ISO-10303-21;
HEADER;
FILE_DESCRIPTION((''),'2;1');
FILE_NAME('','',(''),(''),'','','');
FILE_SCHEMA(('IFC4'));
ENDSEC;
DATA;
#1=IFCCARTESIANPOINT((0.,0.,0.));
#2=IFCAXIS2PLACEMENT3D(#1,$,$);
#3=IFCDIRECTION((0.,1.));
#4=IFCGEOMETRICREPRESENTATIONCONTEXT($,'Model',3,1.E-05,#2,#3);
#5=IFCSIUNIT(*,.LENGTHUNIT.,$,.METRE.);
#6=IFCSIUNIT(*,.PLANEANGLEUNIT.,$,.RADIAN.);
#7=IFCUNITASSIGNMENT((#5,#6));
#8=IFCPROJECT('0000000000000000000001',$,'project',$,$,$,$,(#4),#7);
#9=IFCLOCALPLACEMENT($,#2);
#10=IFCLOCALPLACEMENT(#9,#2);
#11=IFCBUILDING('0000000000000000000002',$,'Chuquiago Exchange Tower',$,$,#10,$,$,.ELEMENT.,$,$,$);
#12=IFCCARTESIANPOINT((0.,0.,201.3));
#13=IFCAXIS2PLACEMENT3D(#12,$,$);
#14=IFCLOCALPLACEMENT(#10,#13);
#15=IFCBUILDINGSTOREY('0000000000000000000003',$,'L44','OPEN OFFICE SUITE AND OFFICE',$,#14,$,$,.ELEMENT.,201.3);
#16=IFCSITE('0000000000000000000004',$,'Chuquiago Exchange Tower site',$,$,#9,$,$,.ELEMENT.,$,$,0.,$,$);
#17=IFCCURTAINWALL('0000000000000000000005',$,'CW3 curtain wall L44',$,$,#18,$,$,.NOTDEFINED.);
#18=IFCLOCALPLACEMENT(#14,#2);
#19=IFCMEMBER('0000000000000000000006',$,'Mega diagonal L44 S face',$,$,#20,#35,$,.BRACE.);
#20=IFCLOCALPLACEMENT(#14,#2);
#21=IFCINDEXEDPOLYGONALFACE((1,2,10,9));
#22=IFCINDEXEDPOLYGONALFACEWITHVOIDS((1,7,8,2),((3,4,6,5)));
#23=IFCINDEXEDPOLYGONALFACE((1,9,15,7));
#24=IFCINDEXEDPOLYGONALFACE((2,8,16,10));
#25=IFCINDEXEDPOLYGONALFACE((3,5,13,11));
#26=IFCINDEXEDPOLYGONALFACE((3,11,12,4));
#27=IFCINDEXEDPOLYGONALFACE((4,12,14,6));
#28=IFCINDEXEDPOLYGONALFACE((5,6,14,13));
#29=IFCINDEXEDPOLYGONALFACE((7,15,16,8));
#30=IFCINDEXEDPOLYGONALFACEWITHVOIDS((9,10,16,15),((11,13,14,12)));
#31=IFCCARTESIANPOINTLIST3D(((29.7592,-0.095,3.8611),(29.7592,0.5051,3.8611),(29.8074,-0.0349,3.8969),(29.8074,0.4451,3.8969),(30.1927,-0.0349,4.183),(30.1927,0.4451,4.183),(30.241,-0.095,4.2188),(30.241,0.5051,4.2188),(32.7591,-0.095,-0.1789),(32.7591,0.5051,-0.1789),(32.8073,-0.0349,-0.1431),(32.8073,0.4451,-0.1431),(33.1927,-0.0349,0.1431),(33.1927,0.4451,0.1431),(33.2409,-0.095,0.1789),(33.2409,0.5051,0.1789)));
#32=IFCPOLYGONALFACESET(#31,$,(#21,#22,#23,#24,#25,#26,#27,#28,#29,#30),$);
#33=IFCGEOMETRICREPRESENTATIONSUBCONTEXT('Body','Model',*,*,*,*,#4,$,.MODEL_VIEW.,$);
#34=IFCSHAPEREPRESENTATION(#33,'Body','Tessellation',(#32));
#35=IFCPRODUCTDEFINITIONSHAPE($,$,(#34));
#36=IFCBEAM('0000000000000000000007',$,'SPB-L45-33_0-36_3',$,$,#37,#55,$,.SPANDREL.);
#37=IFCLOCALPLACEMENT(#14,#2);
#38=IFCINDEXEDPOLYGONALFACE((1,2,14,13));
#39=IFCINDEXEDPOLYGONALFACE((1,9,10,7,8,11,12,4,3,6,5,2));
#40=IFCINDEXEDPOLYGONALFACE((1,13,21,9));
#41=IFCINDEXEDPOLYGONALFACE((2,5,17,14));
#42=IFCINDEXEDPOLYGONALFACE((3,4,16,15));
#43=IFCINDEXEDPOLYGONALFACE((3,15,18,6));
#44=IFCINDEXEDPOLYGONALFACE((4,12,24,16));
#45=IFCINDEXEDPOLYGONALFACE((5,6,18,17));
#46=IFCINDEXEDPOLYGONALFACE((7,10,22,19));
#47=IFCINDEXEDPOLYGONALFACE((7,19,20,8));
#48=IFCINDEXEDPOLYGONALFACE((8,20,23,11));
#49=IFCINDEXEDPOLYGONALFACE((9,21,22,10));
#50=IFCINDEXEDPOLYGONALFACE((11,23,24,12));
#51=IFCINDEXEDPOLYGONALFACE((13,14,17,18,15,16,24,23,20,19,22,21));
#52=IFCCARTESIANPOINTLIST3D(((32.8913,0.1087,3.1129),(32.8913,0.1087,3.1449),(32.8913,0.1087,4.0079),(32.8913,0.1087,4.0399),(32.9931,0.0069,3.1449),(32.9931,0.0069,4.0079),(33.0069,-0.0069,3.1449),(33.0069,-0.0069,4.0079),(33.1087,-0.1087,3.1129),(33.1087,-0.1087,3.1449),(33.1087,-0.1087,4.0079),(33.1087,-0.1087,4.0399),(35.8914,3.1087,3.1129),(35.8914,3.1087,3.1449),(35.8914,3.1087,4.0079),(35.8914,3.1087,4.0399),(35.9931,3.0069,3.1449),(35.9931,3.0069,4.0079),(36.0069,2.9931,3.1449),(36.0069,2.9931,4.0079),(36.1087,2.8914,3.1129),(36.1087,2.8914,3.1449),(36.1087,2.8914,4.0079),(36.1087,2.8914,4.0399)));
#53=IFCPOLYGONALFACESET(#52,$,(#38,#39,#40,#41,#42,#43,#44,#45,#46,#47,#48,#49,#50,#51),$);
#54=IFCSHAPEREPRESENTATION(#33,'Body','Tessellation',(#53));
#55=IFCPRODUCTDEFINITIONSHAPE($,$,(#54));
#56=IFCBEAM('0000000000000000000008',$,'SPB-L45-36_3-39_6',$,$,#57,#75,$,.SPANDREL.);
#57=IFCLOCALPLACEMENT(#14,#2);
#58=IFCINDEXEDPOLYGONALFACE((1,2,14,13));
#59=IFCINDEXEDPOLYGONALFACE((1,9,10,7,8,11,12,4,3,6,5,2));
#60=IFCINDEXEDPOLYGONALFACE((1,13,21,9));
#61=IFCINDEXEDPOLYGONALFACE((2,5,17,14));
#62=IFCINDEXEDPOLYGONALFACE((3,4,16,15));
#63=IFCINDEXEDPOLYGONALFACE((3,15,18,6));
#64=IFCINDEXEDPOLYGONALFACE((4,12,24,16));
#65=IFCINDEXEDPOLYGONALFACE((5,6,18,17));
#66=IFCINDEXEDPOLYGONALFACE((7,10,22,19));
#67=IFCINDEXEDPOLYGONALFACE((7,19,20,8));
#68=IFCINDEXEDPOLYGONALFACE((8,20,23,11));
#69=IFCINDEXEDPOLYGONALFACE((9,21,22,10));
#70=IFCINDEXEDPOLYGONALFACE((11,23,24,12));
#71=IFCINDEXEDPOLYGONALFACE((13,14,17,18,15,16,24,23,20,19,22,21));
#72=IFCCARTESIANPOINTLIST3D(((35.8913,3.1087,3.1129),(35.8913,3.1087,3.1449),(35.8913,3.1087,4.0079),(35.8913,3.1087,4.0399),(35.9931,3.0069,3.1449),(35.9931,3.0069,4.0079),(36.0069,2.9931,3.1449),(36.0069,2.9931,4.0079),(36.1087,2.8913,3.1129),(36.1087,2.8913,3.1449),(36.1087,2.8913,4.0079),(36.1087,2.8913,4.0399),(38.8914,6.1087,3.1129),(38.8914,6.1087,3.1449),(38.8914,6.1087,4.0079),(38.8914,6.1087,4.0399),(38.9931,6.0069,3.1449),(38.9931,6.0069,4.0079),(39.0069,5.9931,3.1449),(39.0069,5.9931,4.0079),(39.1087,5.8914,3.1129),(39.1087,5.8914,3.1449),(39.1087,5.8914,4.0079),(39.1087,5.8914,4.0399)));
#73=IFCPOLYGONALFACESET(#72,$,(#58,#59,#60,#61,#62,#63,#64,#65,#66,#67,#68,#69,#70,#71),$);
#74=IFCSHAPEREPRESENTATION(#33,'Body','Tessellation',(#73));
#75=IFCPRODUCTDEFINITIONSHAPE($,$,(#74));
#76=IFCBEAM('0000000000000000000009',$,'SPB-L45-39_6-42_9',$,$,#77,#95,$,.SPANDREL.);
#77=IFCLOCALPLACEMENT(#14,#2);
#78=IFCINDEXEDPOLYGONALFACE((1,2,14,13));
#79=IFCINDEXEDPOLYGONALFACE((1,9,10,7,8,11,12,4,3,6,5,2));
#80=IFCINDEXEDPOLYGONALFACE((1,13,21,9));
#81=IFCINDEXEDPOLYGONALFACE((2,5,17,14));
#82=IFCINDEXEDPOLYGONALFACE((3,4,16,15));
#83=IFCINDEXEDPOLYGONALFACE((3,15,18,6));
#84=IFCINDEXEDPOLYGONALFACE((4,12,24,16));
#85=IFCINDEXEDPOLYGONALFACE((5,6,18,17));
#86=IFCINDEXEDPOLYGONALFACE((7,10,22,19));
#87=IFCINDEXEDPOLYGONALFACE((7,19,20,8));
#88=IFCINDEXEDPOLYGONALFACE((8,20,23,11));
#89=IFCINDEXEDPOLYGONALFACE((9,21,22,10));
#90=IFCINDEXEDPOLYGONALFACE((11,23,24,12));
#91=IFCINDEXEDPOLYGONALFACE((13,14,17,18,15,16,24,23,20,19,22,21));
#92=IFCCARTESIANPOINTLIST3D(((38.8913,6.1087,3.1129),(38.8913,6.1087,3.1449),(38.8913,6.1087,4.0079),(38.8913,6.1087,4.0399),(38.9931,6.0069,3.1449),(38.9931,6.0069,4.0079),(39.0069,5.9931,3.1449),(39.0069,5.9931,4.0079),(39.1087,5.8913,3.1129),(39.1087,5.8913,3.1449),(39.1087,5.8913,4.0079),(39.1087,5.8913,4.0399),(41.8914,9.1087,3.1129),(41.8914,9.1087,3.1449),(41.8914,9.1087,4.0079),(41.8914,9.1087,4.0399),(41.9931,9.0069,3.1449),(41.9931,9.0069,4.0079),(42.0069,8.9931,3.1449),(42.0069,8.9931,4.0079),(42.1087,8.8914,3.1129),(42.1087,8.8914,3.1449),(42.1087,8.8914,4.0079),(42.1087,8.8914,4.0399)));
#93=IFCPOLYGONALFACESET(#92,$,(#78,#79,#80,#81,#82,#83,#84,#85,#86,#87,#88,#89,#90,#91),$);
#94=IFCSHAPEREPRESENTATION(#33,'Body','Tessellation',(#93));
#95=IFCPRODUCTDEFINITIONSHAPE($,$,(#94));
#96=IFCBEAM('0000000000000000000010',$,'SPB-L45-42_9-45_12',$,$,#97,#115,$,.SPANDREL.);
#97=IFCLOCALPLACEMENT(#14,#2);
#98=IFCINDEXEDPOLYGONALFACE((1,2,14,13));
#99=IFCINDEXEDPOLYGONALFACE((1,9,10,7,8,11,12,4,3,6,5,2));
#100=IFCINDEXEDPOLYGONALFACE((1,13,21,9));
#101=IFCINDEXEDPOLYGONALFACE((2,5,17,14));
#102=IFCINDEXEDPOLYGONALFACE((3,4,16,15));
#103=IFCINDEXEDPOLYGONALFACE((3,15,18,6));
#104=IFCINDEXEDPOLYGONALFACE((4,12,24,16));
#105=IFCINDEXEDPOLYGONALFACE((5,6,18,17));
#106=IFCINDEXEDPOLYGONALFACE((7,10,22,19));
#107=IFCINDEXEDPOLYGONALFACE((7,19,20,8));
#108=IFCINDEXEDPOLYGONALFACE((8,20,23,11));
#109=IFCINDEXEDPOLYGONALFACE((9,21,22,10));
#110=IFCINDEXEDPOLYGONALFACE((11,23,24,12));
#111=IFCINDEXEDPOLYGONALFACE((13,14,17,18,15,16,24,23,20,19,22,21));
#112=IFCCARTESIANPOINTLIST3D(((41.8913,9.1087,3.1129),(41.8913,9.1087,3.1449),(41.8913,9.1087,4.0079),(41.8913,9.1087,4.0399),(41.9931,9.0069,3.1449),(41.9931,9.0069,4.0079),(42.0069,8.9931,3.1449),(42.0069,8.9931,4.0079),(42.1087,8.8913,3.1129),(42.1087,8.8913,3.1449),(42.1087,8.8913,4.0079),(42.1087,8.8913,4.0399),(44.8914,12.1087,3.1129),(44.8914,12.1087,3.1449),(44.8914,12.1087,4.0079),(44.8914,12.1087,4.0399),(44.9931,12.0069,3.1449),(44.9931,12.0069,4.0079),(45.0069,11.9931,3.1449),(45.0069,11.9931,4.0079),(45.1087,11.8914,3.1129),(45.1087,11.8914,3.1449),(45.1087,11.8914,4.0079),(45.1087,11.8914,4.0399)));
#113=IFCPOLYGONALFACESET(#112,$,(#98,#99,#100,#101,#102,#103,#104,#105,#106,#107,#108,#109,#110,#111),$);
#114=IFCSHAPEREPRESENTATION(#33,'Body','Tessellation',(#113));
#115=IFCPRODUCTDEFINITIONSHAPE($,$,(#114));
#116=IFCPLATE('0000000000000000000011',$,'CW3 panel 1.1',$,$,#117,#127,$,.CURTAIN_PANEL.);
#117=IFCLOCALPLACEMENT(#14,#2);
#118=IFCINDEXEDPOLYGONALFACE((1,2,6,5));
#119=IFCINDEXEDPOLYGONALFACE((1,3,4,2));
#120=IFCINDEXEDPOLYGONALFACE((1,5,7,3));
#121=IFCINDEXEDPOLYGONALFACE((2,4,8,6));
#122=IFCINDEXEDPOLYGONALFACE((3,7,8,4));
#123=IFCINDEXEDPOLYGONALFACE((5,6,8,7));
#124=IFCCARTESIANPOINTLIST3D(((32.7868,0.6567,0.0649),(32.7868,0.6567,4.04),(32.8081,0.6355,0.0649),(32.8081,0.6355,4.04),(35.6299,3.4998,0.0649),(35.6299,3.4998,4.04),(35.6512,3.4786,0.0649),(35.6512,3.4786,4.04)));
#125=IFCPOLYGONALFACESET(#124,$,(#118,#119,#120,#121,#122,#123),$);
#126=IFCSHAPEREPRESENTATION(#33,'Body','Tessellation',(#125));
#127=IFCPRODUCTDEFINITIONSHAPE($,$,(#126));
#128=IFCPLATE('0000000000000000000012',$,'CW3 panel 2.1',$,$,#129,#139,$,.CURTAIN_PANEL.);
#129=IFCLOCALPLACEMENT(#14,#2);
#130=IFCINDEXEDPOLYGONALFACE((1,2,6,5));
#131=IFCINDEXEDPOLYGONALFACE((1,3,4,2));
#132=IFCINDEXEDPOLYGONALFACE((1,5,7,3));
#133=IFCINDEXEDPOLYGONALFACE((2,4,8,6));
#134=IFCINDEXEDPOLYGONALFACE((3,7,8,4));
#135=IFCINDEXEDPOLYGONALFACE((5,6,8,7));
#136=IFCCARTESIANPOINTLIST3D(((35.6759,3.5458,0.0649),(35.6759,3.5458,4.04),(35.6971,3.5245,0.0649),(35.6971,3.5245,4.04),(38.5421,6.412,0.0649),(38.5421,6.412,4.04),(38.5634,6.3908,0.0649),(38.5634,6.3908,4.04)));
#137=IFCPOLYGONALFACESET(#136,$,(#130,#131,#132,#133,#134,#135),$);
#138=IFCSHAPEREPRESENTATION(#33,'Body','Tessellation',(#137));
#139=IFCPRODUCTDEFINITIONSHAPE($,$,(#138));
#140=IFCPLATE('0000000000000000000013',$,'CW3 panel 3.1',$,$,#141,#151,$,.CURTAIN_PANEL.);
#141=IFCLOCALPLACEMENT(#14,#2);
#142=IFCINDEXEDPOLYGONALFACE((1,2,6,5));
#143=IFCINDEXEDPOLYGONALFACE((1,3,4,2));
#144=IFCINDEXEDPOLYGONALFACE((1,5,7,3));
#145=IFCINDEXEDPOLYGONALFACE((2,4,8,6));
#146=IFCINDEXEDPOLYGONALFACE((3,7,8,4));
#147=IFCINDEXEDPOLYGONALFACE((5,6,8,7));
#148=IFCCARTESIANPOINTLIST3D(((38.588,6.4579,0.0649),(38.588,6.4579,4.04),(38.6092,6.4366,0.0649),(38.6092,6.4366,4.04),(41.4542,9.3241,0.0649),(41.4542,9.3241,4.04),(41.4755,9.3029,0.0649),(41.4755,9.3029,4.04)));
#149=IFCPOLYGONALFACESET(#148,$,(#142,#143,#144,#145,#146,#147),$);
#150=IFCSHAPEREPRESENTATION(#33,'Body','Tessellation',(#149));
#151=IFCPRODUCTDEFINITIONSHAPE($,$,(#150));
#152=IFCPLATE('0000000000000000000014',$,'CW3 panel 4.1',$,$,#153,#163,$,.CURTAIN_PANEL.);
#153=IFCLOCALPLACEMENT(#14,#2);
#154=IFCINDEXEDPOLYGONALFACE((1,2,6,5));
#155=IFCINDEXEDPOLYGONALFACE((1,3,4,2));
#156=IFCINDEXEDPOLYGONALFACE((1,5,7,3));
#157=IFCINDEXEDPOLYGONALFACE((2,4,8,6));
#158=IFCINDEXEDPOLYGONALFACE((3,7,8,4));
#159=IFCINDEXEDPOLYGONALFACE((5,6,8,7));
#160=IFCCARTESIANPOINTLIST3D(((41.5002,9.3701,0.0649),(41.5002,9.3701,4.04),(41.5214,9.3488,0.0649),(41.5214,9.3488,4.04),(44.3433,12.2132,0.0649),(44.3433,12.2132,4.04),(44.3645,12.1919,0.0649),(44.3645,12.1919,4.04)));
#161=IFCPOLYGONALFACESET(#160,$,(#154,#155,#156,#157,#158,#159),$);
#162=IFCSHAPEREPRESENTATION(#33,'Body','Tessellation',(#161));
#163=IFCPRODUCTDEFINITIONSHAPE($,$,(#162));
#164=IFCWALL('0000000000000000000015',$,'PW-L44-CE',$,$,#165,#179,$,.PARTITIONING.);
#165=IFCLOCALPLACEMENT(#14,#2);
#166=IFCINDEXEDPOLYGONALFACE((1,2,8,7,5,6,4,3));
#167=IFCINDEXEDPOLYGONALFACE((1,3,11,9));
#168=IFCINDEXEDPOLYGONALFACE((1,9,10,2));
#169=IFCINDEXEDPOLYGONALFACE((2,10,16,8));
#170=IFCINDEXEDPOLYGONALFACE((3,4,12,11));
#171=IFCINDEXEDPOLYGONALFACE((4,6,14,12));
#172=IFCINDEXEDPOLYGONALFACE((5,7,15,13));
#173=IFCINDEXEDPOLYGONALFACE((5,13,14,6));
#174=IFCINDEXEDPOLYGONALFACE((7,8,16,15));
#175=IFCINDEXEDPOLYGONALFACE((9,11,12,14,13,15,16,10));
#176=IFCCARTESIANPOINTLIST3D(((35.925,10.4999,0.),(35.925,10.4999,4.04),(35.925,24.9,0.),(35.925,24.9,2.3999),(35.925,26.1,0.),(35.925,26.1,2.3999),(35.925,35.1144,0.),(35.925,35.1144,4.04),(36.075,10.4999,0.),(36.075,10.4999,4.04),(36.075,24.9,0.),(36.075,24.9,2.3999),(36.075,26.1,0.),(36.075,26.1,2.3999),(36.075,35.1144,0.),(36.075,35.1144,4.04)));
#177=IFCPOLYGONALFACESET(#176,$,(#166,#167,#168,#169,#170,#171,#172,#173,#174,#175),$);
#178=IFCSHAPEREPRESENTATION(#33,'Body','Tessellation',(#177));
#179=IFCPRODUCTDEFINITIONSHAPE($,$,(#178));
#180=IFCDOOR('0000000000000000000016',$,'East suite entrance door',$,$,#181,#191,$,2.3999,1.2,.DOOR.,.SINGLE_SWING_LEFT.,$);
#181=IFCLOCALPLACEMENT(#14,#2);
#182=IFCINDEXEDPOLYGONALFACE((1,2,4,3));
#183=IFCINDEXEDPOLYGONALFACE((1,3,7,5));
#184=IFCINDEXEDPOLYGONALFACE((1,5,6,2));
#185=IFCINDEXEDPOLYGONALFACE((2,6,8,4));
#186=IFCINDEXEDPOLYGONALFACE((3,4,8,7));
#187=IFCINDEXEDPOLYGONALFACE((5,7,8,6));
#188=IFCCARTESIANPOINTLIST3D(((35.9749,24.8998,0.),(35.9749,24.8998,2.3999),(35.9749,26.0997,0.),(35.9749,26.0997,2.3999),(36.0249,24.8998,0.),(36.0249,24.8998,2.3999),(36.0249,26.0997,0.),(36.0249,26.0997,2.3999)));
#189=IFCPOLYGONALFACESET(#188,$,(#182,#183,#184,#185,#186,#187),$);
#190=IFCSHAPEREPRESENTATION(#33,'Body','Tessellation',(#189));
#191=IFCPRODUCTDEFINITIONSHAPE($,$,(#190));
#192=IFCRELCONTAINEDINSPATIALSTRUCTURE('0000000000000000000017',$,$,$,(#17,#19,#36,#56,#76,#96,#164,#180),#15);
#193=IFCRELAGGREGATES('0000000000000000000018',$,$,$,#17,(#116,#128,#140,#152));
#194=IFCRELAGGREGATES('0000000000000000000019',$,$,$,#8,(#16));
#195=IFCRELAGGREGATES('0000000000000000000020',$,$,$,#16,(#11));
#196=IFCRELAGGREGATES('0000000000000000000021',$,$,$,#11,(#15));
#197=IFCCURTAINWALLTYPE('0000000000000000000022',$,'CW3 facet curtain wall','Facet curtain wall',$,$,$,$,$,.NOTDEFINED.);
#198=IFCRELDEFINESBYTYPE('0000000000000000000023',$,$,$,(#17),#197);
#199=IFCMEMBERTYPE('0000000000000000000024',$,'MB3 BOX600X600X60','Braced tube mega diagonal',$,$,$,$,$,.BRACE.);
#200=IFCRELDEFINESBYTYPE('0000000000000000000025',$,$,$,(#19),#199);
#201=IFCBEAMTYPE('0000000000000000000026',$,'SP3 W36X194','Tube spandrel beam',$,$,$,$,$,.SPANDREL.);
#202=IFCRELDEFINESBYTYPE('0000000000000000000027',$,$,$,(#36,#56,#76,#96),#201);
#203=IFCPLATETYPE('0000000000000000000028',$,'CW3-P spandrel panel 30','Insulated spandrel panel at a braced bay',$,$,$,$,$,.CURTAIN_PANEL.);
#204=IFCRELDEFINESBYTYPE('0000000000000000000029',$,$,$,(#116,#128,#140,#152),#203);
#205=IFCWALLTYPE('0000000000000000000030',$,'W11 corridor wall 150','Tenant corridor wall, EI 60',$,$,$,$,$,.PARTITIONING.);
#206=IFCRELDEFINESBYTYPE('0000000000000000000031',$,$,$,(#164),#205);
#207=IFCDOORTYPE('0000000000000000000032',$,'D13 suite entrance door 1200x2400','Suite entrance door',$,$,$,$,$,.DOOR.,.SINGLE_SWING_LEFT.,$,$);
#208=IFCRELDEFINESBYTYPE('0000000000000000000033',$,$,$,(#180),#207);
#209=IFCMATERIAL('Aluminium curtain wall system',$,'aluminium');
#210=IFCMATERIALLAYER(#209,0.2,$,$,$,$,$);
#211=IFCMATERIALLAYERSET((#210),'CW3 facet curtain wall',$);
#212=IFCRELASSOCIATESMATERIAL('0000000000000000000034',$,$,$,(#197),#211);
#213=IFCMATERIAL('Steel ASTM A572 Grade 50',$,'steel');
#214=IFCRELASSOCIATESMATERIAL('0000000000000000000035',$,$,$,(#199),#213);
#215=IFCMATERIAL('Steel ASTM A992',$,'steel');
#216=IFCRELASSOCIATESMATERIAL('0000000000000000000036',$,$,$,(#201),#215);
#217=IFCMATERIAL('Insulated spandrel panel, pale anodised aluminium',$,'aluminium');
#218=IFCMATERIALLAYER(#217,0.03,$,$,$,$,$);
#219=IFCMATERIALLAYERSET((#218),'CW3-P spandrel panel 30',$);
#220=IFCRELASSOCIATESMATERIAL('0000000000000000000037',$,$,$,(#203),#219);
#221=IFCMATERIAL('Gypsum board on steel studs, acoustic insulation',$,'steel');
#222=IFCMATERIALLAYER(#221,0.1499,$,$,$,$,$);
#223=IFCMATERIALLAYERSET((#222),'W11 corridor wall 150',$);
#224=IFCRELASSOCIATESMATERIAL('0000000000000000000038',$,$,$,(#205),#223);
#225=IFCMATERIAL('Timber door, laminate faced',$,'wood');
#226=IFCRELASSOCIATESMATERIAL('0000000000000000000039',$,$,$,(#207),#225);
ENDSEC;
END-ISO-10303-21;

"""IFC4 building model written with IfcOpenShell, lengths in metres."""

from ifc_helpers import new_model, si_unit, direction, frame, frame_2d, origin, origin_2d, place, context, subcontext, project, spatial, rectangle, hollow_rectangle, i_section, extrude, material, layer, layer_set, material_profile, profile_set, type_object, element, fill, aggregate, save


model = new_model("IFC4")

# Units and contexts
model_context = context("Model", 3, precision=1e-05, world=origin(), true_north=direction((0.0, 1.0)))
body_context = subcontext(model_context, "Body", "Model", "MODEL_VIEW")
ifc_project = project(units=[si_unit("LENGTHUNIT", "METRE"), si_unit("PLANEANGLEUNIT", "RADIAN")], contexts=[model_context])

# Site, building, storey
site_placement = place(None, origin())
site = spatial("IfcSite", under=ifc_project, at=site_placement, Name="Chuquiago Exchange Tower site", CompositionType="ELEMENT", RefElevation=0.0)
building_placement = place(site_placement, origin())
building = spatial("IfcBuilding", under=site, at=building_placement, Name="Chuquiago Exchange Tower", CompositionType="ELEMENT")
storey_placement = place(building_placement, frame((0.0, 0.0, 201.3)))
storey = spatial("IfcBuildingStorey", under=building, at=storey_placement, Name="L44", Description="OPEN OFFICE SUITE AND OFFICE", CompositionType="ELEMENT", Elevation=201.3)

# Curtain wall
ifc_material_1 = material(Name="Aluminium curtain wall system", Category="aluminium")
ifc_layer_1 = layer(ifc_material_1, 0.2)
ifc_layer_set_1 = layer_set([ifc_layer_1], Name="CW3 facet curtain wall")
curtain_wall_type = type_object("IfcCurtainWallType", Name="CW3 facet curtain wall", Description="Facet curtain wall", PredefinedType="NOTDEFINED", material=ifc_layer_set_1)
curtain_wall_placement = place(storey_placement, origin())
curtain_wall = element("IfcCurtainWall", 1, at=curtain_wall_placement, inside=storey, type_object=curtain_wall_type, Name="CW3 curtain wall L44", PredefinedType="NOTDEFINED")

# Member
ifc_material_2 = material(Name="Steel ASTM A572 Grade 50", Category="steel")
ifc_material_profile_1 = material_profile(ifc_material_2, hollow_rectangle(XDim=0.6001, YDim=0.6001, WallThickness=0.0601, at=origin_2d()), Name="BOX600X600X60")
ifc_profile_set_1 = profile_set([ifc_material_profile_1], Name="Steel ASTM A572 Grade 50")
member_type_1 = type_object("IfcMemberType", Name="MB3 BOX600X600X60", Description="Braced tube mega diagonal", PredefinedType="BRACE", material=ifc_profile_set_1)
member_1_placement = place(storey_placement, frame((33.0, 0.2051, 0.0), z_axis=(-0.596174, 0.0, 0.802855), x_axis=(0.0, -1.0, 0.0)))
element("IfcMember", 2, at=member_1_placement, inside=storey, type_object=member_type_1, Name="Mega diagonal L44 S face", PredefinedType="BRACE", context=body_context, shape_type="SweptSolid", body=[
    extrude(hollow_rectangle(XDim=0.6001, YDim=0.6001, WallThickness=0.0601, at=origin_2d()), origin(), (0.0, 0.0, 1.0), 5.032),
])

# Beams
ifc_material_3 = material(Name="Steel ASTM A992", Category="steel")
ifc_material_profile_2 = material_profile(ifc_material_3, i_section(OverallWidth=0.3074, OverallDepth=0.927, WebThickness=0.0195, FlangeThickness=0.032, at=origin_2d()), Name="W36X194")
ifc_profile_set_2 = profile_set([ifc_material_profile_2], Name="Steel ASTM A992")
beam_type_1 = type_object("IfcBeamType", Name="SP3 W36X194", Description="Tube spandrel beam", PredefinedType="SPANDREL", material=ifc_profile_set_2)
for number, where, z_axis, x_axis, name in (
    (3, (33.0, 0.0, 3.5764), (0.707107, 0.707107, 0.0), (-0.707107, 0.707107, 0.0), "SPB-L45-33_0-36_3"),
    (4, (36.0, 3.0, 3.5764), (0.707107, 0.707107, 0.0), (-0.707107, 0.707107, 0.0), "SPB-L45-36_3-39_6"),
    (5, (39.0, 6.0, 3.5764), (0.707107, 0.707107, 0.0), (-0.707107, 0.707107, 0.0), "SPB-L45-39_6-42_9"),
    (6, (42.0, 9.0, 3.5764), (0.707107, 0.707107, 0.0), (-0.707107, 0.707107, 0.0), "SPB-L45-42_9-45_12"),
):
    element("IfcBeam", number, at=place(storey_placement, frame(where, z_axis=z_axis, x_axis=x_axis)), inside=storey, type_object=beam_type_1, Name=name, PredefinedType="SPANDREL", context=body_context, shape_type="SweptSolid", body=[
        extrude(i_section(OverallWidth=0.3074, OverallDepth=0.927, WebThickness=0.0195, FlangeThickness=0.032, at=origin_2d()), origin(), (0.0, 0.0, 1.0), 4.2427),
    ])

# Plates
ifc_material_4 = material(Name="Insulated spandrel panel, pale anodised aluminium", Category="aluminium")
ifc_layer_2 = layer(ifc_material_4, 0.03)
ifc_layer_set_2 = layer_set([ifc_layer_2], Name="CW3-P spandrel panel 30")
plate_type = type_object("IfcPlateType", Name="CW3-P spandrel panel 30", Description="Insulated spandrel panel at a braced bay", PredefinedType="CURTAIN_PANEL", material=ifc_layer_set_2)
plate_1_placement = place(storey_placement, frame((34.219, 2.0676, 0.0649), z_axis=(0.0, 0.0, 1.0), x_axis=(0.707107, 0.707107, 0.0)))
plate_1 = element("IfcPlate", 7, at=plate_1_placement, type_object=plate_type, Name="CW3 panel 1.1", PredefinedType="CURTAIN_PANEL", context=body_context, shape_type="SweptSolid", body=[
    extrude(rectangle(XDim=4.0208, YDim=0.03, at=origin_2d()), origin(), (0.0, 0.0, 1.0), 3.9751),
])
plate_2_placement = place(storey_placement, frame((37.1196, 4.9683, 0.0649), z_axis=(0.0, 0.0, 1.0), x_axis=(0.707107, 0.707107, 0.0)))
plate_2 = element("IfcPlate", 8, at=plate_2_placement, type_object=plate_type, Name="CW3 panel 2.1", PredefinedType="CURTAIN_PANEL", context=body_context, shape_type="SweptSolid", body=[
    extrude(rectangle(XDim=4.0535, YDim=0.03, at=origin_2d()), origin(), (0.0, 0.0, 1.0), 3.9751),
])
plate_3_placement = place(storey_placement, frame((40.0317, 7.8804, 0.0649), z_axis=(0.0, 0.0, 1.0), x_axis=(0.707107, 0.707107, 0.0)))
plate_3 = element("IfcPlate", 9, at=plate_3_placement, type_object=plate_type, Name="CW3 panel 3.1", PredefinedType="CURTAIN_PANEL", context=body_context, shape_type="SweptSolid", body=[
    extrude(rectangle(XDim=4.0535, YDim=0.03, at=origin_2d()), origin(), (0.0, 0.0, 1.0), 3.9751),
])
plate_4_placement = place(storey_placement, frame((42.9324, 10.781, 0.0649), z_axis=(0.0, 0.0, 1.0), x_axis=(0.707107, 0.707107, 0.0)))
plate_4 = element("IfcPlate", 10, at=plate_4_placement, type_object=plate_type, Name="CW3 panel 4.1", PredefinedType="CURTAIN_PANEL", context=body_context, shape_type="SweptSolid", body=[
    extrude(rectangle(XDim=4.0208, YDim=0.03, at=origin_2d()), origin(), (0.0, 0.0, 1.0), 3.9751),
])
aggregate(curtain_wall, [plate_1, plate_2, plate_3, plate_4])

# Wall, opening, door
ifc_material_5 = material(Name="Gypsum board on steel studs, acoustic insulation", Category="steel")
ifc_layer_3 = layer(ifc_material_5, 0.1499)
ifc_layer_set_3 = layer_set([ifc_layer_3], Name="W11 corridor wall 150")
wall_type_1 = type_object("IfcWallType", Name="W11 corridor wall 150", Description="Tenant corridor wall, EI 60", PredefinedType="PARTITIONING", material=ifc_layer_set_3)
wall_1_placement = place(storey_placement, frame((36.0, 10.5, 0.0), z_axis=(0.0, 0.0, 1.0), x_axis=(0.0, 1.0, 0.0)))
wall_1 = element("IfcWall", 11, at=wall_1_placement, inside=storey, type_object=wall_type_1, Name="PW-L44-CE", PredefinedType="PARTITIONING", context=body_context, shape_type="SweptSolid", body=[
    extrude(rectangle(XDim=24.6145, YDim=0.1499, at=frame_2d((12.3071, 0.0))), origin(), (0.0, 0.0, 1.0), 4.04),
])
opening_placement = place(wall_1_placement, frame((14.3999, 0.0, 0.0)))
opening = element("IfcOpeningElement", 12, at=opening_placement, cuts=wall_1, PredefinedType="OPENING", context=body_context, shape_type="SweptSolid", body=[
    extrude(rectangle(XDim=1.2, YDim=2.3999, at=frame_2d((0.6001, 1.2))), frame((0.0, 0.085, 0.0), z_axis=(0.0, -1.0, 0.0), x_axis=(1.0, 0.0, 0.0)), (0.0, 0.0, 1.0), 0.1699),
])
ifc_material_6 = material(Name="Timber door, laminate faced", Category="wood")
door_type = type_object("IfcDoorType", Name="D13 suite entrance door 1200x2400", Description="Suite entrance door", OperationType="SINGLE_SWING_LEFT", PredefinedType="DOOR", material=ifc_material_6)
door_placement = place(opening_placement, frame((1.2, 0.0, 0.0), z_axis=(0.0, 0.0, 1.0), x_axis=(-1.0, 0.0, 0.0)))
door = element("IfcDoor", 13, at=door_placement, inside=storey, type_object=door_type, Name="East suite entrance door", OperationType="SINGLE_SWING_LEFT", OverallHeight=2.3999, OverallWidth=1.2, PredefinedType="DOOR", context=body_context, shape_type="SweptSolid", body=[
    extrude(rectangle(XDim=1.2, YDim=2.3999, at=frame_2d((0.6001, 1.2))), frame((0.0, 0.0249, 0.0), z_axis=(0.0, -1.0, 0.0), x_axis=(1.0, 0.0, 0.0)), (0.0, 0.0, 1.0), 0.05),
])
fill(opening, door)

save(model, "model.ifc")
